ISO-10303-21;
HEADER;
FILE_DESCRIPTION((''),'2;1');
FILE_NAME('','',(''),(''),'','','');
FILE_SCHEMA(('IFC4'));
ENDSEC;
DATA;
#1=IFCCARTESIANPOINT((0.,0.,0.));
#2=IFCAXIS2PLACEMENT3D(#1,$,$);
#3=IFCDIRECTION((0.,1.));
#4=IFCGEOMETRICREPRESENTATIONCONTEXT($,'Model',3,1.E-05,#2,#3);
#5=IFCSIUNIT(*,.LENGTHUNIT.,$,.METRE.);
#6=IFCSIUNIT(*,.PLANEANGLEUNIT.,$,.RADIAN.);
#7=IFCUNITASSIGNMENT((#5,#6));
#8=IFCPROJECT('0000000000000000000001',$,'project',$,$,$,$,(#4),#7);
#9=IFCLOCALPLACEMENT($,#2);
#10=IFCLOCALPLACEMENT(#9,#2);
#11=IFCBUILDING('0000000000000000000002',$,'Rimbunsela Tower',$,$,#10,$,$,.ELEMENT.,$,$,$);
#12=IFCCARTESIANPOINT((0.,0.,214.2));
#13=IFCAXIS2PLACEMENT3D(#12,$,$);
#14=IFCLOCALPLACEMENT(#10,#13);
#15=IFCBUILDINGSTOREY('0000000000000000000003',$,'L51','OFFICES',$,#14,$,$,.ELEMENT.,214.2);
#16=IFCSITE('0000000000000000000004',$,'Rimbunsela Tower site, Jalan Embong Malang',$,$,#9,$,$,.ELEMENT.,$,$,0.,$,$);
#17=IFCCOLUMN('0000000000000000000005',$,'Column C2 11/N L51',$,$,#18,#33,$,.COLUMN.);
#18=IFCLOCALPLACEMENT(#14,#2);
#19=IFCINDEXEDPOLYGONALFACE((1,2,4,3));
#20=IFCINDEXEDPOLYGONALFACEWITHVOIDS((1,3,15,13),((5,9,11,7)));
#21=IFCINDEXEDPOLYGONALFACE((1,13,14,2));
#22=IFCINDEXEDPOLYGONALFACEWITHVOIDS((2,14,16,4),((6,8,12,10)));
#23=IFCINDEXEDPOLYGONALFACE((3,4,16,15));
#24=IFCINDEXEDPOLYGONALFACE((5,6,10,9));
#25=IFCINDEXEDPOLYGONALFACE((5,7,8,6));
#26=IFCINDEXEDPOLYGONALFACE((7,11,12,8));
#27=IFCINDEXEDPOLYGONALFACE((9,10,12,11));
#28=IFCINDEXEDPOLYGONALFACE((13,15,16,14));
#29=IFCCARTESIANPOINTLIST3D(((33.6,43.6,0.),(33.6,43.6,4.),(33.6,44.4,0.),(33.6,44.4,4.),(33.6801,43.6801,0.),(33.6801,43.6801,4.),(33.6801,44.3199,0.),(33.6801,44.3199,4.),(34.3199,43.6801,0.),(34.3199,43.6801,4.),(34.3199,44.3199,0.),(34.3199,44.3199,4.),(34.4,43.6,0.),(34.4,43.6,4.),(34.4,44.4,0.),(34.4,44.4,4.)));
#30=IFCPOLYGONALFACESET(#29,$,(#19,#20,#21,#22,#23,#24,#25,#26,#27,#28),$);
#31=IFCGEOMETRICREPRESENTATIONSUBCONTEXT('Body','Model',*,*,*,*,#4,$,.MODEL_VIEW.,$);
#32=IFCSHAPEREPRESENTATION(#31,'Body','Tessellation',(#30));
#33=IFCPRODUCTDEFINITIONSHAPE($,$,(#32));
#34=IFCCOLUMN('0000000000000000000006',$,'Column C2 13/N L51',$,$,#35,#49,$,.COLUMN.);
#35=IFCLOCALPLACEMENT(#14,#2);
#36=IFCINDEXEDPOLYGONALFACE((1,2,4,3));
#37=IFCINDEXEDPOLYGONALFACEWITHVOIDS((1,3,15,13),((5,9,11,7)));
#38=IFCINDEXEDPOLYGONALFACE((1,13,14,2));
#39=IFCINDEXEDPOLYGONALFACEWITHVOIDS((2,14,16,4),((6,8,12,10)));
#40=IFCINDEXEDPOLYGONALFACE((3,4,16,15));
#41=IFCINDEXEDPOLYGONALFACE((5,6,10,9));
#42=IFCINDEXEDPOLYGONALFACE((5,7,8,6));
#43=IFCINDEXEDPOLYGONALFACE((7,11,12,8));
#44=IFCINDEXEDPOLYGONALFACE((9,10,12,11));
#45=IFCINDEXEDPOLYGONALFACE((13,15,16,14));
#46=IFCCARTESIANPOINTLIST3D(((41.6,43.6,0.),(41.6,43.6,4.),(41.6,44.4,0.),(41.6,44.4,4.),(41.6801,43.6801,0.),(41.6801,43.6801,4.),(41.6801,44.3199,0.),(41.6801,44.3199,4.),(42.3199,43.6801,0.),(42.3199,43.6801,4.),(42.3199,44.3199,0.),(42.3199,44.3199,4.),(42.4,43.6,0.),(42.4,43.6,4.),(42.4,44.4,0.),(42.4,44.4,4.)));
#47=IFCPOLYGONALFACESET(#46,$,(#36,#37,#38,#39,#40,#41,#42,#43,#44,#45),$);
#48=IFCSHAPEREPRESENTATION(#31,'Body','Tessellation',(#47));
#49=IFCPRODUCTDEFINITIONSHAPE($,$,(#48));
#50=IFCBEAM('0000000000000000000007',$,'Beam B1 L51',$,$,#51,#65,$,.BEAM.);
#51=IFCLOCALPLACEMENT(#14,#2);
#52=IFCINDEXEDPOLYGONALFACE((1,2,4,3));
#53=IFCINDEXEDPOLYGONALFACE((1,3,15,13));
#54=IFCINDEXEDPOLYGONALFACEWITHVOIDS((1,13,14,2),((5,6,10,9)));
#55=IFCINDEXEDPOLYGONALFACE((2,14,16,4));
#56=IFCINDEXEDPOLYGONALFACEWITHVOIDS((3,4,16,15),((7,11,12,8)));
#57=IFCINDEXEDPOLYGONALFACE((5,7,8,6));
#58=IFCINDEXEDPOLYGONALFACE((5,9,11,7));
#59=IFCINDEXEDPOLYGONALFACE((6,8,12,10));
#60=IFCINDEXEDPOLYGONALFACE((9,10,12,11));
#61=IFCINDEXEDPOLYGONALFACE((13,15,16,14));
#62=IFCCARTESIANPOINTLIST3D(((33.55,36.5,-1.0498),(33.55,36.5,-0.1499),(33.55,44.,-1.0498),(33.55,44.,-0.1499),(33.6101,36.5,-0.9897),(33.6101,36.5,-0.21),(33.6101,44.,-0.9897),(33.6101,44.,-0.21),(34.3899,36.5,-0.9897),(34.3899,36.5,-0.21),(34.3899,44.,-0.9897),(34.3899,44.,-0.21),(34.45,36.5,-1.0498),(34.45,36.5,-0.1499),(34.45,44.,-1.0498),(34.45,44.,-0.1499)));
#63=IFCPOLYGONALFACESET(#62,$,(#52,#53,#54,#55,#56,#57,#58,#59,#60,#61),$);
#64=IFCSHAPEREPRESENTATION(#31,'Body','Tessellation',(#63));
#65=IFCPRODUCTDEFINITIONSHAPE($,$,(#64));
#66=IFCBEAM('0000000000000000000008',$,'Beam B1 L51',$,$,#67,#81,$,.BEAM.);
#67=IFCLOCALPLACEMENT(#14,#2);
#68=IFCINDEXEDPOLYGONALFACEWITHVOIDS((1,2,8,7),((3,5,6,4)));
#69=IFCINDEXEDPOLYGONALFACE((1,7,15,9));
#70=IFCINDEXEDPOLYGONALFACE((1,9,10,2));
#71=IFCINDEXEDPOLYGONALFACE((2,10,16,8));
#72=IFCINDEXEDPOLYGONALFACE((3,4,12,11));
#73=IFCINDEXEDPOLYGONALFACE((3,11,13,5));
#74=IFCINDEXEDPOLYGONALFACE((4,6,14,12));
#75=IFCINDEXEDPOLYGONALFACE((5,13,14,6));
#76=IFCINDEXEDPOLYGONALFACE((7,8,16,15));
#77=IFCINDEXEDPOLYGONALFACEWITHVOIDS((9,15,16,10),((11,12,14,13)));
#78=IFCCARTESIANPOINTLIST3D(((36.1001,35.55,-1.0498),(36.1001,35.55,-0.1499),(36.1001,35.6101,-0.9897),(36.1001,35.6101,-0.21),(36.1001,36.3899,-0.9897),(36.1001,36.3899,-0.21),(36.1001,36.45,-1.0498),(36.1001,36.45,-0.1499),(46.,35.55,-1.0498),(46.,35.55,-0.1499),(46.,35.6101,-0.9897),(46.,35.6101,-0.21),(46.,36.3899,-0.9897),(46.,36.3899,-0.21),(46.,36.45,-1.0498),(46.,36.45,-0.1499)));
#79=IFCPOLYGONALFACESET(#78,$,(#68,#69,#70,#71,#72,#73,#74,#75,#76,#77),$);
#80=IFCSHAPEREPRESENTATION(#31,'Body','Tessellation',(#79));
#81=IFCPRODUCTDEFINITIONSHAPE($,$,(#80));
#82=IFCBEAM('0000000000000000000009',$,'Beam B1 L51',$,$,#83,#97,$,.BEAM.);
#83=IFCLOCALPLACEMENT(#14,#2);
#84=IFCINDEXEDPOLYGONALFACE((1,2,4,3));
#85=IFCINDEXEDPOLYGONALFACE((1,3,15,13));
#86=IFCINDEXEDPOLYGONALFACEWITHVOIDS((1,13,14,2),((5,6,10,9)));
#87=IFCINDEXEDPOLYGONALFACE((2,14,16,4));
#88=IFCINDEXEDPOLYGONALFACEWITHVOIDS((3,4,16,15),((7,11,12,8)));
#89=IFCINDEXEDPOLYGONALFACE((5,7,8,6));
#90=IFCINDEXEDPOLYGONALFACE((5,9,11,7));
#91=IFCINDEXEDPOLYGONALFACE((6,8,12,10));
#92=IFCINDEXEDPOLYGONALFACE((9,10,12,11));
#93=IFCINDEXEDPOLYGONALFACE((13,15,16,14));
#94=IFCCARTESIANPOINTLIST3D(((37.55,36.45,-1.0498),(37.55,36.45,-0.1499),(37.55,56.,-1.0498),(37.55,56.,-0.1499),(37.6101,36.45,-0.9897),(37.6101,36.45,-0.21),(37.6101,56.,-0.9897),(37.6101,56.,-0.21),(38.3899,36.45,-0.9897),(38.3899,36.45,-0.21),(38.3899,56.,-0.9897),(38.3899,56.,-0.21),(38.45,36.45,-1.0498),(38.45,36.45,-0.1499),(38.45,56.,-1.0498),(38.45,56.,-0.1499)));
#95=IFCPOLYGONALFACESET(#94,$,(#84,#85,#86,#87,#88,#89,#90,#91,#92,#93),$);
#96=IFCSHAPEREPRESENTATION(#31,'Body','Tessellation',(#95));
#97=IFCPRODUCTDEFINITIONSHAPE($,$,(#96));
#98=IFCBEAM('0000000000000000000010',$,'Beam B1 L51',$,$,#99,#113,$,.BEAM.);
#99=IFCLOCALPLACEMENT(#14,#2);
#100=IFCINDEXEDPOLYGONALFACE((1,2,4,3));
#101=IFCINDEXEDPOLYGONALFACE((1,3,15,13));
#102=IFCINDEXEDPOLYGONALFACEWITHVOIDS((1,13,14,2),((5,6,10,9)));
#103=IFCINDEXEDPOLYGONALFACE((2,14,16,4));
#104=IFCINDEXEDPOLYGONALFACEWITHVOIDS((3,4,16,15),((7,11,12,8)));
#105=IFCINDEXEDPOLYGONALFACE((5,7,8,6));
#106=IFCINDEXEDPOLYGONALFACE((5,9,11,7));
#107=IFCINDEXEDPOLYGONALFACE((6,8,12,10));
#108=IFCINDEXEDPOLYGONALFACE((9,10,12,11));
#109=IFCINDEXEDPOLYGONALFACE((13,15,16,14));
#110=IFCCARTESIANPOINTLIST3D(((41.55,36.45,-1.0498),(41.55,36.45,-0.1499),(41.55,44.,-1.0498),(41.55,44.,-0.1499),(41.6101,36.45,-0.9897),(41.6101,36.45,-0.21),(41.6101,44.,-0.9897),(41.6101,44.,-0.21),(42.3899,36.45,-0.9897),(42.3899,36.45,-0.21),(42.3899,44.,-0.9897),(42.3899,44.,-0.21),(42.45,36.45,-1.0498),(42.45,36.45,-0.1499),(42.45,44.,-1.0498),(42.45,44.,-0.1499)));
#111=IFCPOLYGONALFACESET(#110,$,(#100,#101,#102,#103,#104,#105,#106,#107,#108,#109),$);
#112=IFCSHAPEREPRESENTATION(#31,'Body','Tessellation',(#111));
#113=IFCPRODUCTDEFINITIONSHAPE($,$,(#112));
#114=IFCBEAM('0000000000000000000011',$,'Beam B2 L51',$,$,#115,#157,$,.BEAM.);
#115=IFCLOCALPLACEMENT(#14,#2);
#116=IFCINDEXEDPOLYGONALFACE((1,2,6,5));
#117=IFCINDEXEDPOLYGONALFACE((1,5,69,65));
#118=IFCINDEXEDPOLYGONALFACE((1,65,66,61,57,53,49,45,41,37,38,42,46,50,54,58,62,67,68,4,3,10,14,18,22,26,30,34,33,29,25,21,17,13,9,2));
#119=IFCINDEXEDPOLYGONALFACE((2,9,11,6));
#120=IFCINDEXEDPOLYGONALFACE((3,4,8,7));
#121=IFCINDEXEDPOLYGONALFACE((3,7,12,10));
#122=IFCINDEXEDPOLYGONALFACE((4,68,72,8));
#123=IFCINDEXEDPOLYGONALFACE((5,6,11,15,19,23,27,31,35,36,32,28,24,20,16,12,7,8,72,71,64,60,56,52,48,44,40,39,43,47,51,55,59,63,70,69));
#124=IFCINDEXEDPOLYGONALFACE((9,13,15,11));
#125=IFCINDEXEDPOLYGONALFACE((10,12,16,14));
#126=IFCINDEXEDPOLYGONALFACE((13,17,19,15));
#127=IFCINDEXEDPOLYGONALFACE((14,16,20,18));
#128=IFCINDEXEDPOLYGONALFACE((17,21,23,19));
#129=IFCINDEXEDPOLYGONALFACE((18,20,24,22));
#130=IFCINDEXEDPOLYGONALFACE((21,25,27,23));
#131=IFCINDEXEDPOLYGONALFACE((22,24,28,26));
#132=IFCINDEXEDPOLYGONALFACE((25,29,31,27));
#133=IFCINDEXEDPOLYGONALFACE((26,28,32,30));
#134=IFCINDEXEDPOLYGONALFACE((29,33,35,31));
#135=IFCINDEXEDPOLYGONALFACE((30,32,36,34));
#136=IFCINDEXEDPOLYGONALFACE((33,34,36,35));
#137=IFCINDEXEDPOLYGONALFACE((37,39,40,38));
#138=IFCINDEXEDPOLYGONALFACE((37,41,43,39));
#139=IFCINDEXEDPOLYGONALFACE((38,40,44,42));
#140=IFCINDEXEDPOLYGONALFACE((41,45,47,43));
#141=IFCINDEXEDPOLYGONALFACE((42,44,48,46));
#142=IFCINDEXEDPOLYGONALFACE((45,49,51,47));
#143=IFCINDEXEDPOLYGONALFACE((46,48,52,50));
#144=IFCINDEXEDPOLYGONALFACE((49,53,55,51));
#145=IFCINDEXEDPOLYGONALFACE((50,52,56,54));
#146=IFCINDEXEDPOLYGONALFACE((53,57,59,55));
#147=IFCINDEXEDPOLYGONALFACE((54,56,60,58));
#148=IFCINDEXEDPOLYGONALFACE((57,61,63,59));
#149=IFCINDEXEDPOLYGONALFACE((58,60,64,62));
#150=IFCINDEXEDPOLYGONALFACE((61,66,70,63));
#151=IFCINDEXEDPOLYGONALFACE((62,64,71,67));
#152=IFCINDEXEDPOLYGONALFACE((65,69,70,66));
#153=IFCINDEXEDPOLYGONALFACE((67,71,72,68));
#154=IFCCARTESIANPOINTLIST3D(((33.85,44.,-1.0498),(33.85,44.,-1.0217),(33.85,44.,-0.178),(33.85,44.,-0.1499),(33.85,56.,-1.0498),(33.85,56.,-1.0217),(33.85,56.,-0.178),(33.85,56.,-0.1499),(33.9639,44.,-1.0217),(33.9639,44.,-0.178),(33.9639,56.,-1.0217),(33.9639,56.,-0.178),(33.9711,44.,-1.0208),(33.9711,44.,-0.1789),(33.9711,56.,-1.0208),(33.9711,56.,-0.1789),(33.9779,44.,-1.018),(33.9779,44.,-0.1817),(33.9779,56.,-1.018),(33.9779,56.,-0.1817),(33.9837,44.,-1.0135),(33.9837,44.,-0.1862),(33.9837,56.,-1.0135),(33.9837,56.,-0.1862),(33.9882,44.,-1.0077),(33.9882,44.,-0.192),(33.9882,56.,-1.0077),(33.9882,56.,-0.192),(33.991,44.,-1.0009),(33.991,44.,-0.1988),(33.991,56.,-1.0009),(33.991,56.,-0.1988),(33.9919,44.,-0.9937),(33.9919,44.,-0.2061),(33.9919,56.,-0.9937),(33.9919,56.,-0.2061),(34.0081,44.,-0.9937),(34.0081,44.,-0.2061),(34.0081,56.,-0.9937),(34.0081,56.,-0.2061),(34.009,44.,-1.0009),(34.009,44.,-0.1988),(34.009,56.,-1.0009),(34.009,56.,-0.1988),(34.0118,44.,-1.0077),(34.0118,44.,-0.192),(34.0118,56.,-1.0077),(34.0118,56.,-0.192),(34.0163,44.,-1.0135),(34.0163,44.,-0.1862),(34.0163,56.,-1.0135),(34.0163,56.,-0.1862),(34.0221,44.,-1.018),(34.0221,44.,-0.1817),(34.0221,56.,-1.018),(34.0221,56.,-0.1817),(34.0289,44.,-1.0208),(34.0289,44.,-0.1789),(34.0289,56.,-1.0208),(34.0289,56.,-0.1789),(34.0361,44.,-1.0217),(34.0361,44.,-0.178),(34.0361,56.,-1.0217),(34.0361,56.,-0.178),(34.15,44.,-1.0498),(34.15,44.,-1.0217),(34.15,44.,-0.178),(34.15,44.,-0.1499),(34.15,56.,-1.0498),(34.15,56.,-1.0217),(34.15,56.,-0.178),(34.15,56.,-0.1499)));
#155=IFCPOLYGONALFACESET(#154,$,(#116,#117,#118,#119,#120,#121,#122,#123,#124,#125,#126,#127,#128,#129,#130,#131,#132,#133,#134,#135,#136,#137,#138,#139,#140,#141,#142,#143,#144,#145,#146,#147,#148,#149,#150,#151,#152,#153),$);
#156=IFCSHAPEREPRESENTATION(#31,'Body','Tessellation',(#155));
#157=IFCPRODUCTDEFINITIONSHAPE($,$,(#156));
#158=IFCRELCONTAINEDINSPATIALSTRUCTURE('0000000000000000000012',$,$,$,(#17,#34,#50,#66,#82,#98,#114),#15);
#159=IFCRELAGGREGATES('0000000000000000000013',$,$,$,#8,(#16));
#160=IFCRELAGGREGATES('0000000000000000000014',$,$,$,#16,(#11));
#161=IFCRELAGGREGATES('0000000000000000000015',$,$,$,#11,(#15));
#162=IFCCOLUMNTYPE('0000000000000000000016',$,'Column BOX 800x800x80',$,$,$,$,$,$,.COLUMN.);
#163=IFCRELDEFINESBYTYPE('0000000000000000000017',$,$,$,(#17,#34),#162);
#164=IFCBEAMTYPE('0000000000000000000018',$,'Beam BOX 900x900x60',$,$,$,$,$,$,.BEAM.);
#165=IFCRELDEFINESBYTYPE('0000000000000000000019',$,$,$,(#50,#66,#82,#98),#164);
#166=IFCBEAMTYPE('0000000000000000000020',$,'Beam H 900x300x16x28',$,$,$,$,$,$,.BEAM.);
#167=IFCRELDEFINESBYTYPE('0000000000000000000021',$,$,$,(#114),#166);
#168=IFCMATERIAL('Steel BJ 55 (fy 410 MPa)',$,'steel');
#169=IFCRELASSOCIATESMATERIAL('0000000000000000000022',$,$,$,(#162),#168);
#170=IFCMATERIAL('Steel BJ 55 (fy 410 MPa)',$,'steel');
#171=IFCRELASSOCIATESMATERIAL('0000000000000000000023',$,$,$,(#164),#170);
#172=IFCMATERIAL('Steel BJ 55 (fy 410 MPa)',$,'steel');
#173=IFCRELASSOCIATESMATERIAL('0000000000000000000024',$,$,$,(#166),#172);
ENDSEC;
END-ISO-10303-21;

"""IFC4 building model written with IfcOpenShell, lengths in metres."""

from ifc_helpers import new_model, si_unit, direction, frame, origin, origin_2d, place, context, subcontext, project, spatial, hollow_rectangle, i_section, extrude, material, material_profile, profile_set, type_object, element, save


model = new_model("IFC4")

# Units and contexts
model_context = context("Model", 3, precision=1e-05, world=origin(), true_north=direction((0.0, 1.0)))
body_context = subcontext(model_context, "Body", "Model", "MODEL_VIEW")
ifc_project = project(units=[si_unit("LENGTHUNIT", "METRE"), si_unit("PLANEANGLEUNIT", "RADIAN")], contexts=[model_context])

# Site, building, storey
site_placement = place(None, origin())
site = spatial("IfcSite", under=ifc_project, at=site_placement, Name="Rimbunsela Tower site, Jalan Embong Malang", CompositionType="ELEMENT", RefElevation=0.0)
building_placement = place(site_placement, origin())
building = spatial("IfcBuilding", under=site, at=building_placement, Name="Rimbunsela Tower", CompositionType="ELEMENT")
storey_placement = place(building_placement, frame((0.0, 0.0, 214.2)))
storey = spatial("IfcBuildingStorey", under=building, at=storey_placement, Name="L51", Description="OFFICES", CompositionType="ELEMENT", Elevation=214.2)

# Columns
ifc_material_1 = material(Name="Steel BJ 55 (fy 410 MPa)", Category="steel")
ifc_material_profile_1 = material_profile(ifc_material_1, hollow_rectangle(XDim=0.8, YDim=0.8, WallThickness=0.0801, at=origin_2d()), Name="BOX 800x800x80")
ifc_profile_set_1 = profile_set([ifc_material_profile_1], Name="Steel BJ 55 (fy 410 MPa)")
column_type = type_object("IfcColumnType", Name="Column BOX 800x800x80", PredefinedType="COLUMN", material=ifc_profile_set_1)
for number, where, z_axis, x_axis, name in (
    (1, (34.0, 44.0, 0.0), (0.0, 0.0, 1.0), (1.0, 0.0, 0.0), "Column C2 11/N L51"),
    (2, (42.0, 44.0, 0.0), (0.0, 0.0, 1.0), (1.0, 0.0, 0.0), "Column C2 13/N L51"),
):
    element("IfcColumn", number, at=place(storey_placement, frame(where, z_axis=z_axis, x_axis=x_axis)), inside=storey, type_object=column_type, Name=name, PredefinedType="COLUMN", context=body_context, shape_type="SweptSolid", body=[
        extrude(hollow_rectangle(XDim=0.8, YDim=0.8, WallThickness=0.0801, at=origin_2d()), origin(), (0.0, 0.0, 1.0), 4.0),
    ])

# Beams
ifc_material_2 = material(Name="Steel BJ 55 (fy 410 MPa)", Category="steel")
ifc_material_profile_2 = material_profile(ifc_material_2, hollow_rectangle(XDim=0.8999, YDim=0.8999, WallThickness=0.0601, at=origin_2d()), Name="BOX 900x900x60")
ifc_profile_set_2 = profile_set([ifc_material_profile_2], Name="Steel BJ 55 (fy 410 MPa)")
beam_type_1 = type_object("IfcBeamType", Name="Beam BOX 900x900x60", PredefinedType="BEAM", material=ifc_profile_set_2)
beam_1_placement = place(storey_placement, frame((34.0, 36.5, -0.5999), z_axis=(0.0, 1.0, 0.0), x_axis=(-1.0, 0.0, 0.0)))
element("IfcBeam", 3, at=beam_1_placement, inside=storey, type_object=beam_type_1, Name="Beam B1 L51", PredefinedType="BEAM", context=body_context, shape_type="SweptSolid", body=[
    extrude(hollow_rectangle(XDim=0.8999, YDim=0.8999, WallThickness=0.0601, at=origin_2d()), origin(), (0.0, 0.0, 1.0), 7.5),
])
beam_2_placement = place(storey_placement, frame((36.1001, 36.0, -0.5999), z_axis=(1.0, 0.0, 0.0), x_axis=(0.0, 1.0, 0.0)))
element("IfcBeam", 4, at=beam_2_placement, inside=storey, type_object=beam_type_1, Name="Beam B1 L51", PredefinedType="BEAM", context=body_context, shape_type="SweptSolid", body=[
    extrude(hollow_rectangle(XDim=0.8999, YDim=0.8999, WallThickness=0.0601, at=origin_2d()), origin(), (0.0, 0.0, 1.0), 9.8999),
])
beam_3_placement = place(storey_placement, frame((38.0, 36.45, -0.5999), z_axis=(0.0, 1.0, 0.0), x_axis=(-1.0, 0.0, 0.0)))
element("IfcBeam", 5, at=beam_3_placement, inside=storey, type_object=beam_type_1, Name="Beam B1 L51", PredefinedType="BEAM", context=body_context, shape_type="SweptSolid", body=[
    extrude(hollow_rectangle(XDim=0.8999, YDim=0.8999, WallThickness=0.0601, at=origin_2d()), origin(), (0.0, 0.0, 1.0), 19.55),
])
beam_4_placement = place(storey_placement, frame((42.0, 36.45, -0.5999), z_axis=(0.0, 1.0, 0.0), x_axis=(-1.0, 0.0, 0.0)))
element("IfcBeam", 6, at=beam_4_placement, inside=storey, type_object=beam_type_1, Name="Beam B1 L51", PredefinedType="BEAM", context=body_context, shape_type="SweptSolid", body=[
    extrude(hollow_rectangle(XDim=0.8999, YDim=0.8999, WallThickness=0.0601, at=origin_2d()), origin(), (0.0, 0.0, 1.0), 7.55),
])
ifc_material_3 = material(Name="Steel BJ 55 (fy 410 MPa)", Category="steel")
ifc_material_profile_3 = material_profile(ifc_material_3, i_section(OverallWidth=0.3, OverallDepth=0.8999, WebThickness=0.0161, FlangeThickness=0.0281, FilletRadius=0.0281, at=origin_2d()), Name="H 900x300x16x28")
ifc_profile_set_3 = profile_set([ifc_material_profile_3], Name="Steel BJ 55 (fy 410 MPa)")
beam_type_2 = type_object("IfcBeamType", Name="Beam H 900x300x16x28", PredefinedType="BEAM", material=ifc_profile_set_3)
beam_5_placement = place(storey_placement, frame((34.0, 44.0, -0.5999), z_axis=(0.0, 1.0, 0.0), x_axis=(-1.0, 0.0, 0.0)))
element("IfcBeam", 7, at=beam_5_placement, inside=storey, type_object=beam_type_2, Name="Beam B2 L51", PredefinedType="BEAM", context=body_context, shape_type="SweptSolid", body=[
    extrude(i_section(OverallWidth=0.3, OverallDepth=0.8999, WebThickness=0.0161, FlangeThickness=0.0281, FilletRadius=0.0281, at=origin_2d()), origin(), (0.0, 0.0, 1.0), 12.0),
])

save(model, "model.ifc")
